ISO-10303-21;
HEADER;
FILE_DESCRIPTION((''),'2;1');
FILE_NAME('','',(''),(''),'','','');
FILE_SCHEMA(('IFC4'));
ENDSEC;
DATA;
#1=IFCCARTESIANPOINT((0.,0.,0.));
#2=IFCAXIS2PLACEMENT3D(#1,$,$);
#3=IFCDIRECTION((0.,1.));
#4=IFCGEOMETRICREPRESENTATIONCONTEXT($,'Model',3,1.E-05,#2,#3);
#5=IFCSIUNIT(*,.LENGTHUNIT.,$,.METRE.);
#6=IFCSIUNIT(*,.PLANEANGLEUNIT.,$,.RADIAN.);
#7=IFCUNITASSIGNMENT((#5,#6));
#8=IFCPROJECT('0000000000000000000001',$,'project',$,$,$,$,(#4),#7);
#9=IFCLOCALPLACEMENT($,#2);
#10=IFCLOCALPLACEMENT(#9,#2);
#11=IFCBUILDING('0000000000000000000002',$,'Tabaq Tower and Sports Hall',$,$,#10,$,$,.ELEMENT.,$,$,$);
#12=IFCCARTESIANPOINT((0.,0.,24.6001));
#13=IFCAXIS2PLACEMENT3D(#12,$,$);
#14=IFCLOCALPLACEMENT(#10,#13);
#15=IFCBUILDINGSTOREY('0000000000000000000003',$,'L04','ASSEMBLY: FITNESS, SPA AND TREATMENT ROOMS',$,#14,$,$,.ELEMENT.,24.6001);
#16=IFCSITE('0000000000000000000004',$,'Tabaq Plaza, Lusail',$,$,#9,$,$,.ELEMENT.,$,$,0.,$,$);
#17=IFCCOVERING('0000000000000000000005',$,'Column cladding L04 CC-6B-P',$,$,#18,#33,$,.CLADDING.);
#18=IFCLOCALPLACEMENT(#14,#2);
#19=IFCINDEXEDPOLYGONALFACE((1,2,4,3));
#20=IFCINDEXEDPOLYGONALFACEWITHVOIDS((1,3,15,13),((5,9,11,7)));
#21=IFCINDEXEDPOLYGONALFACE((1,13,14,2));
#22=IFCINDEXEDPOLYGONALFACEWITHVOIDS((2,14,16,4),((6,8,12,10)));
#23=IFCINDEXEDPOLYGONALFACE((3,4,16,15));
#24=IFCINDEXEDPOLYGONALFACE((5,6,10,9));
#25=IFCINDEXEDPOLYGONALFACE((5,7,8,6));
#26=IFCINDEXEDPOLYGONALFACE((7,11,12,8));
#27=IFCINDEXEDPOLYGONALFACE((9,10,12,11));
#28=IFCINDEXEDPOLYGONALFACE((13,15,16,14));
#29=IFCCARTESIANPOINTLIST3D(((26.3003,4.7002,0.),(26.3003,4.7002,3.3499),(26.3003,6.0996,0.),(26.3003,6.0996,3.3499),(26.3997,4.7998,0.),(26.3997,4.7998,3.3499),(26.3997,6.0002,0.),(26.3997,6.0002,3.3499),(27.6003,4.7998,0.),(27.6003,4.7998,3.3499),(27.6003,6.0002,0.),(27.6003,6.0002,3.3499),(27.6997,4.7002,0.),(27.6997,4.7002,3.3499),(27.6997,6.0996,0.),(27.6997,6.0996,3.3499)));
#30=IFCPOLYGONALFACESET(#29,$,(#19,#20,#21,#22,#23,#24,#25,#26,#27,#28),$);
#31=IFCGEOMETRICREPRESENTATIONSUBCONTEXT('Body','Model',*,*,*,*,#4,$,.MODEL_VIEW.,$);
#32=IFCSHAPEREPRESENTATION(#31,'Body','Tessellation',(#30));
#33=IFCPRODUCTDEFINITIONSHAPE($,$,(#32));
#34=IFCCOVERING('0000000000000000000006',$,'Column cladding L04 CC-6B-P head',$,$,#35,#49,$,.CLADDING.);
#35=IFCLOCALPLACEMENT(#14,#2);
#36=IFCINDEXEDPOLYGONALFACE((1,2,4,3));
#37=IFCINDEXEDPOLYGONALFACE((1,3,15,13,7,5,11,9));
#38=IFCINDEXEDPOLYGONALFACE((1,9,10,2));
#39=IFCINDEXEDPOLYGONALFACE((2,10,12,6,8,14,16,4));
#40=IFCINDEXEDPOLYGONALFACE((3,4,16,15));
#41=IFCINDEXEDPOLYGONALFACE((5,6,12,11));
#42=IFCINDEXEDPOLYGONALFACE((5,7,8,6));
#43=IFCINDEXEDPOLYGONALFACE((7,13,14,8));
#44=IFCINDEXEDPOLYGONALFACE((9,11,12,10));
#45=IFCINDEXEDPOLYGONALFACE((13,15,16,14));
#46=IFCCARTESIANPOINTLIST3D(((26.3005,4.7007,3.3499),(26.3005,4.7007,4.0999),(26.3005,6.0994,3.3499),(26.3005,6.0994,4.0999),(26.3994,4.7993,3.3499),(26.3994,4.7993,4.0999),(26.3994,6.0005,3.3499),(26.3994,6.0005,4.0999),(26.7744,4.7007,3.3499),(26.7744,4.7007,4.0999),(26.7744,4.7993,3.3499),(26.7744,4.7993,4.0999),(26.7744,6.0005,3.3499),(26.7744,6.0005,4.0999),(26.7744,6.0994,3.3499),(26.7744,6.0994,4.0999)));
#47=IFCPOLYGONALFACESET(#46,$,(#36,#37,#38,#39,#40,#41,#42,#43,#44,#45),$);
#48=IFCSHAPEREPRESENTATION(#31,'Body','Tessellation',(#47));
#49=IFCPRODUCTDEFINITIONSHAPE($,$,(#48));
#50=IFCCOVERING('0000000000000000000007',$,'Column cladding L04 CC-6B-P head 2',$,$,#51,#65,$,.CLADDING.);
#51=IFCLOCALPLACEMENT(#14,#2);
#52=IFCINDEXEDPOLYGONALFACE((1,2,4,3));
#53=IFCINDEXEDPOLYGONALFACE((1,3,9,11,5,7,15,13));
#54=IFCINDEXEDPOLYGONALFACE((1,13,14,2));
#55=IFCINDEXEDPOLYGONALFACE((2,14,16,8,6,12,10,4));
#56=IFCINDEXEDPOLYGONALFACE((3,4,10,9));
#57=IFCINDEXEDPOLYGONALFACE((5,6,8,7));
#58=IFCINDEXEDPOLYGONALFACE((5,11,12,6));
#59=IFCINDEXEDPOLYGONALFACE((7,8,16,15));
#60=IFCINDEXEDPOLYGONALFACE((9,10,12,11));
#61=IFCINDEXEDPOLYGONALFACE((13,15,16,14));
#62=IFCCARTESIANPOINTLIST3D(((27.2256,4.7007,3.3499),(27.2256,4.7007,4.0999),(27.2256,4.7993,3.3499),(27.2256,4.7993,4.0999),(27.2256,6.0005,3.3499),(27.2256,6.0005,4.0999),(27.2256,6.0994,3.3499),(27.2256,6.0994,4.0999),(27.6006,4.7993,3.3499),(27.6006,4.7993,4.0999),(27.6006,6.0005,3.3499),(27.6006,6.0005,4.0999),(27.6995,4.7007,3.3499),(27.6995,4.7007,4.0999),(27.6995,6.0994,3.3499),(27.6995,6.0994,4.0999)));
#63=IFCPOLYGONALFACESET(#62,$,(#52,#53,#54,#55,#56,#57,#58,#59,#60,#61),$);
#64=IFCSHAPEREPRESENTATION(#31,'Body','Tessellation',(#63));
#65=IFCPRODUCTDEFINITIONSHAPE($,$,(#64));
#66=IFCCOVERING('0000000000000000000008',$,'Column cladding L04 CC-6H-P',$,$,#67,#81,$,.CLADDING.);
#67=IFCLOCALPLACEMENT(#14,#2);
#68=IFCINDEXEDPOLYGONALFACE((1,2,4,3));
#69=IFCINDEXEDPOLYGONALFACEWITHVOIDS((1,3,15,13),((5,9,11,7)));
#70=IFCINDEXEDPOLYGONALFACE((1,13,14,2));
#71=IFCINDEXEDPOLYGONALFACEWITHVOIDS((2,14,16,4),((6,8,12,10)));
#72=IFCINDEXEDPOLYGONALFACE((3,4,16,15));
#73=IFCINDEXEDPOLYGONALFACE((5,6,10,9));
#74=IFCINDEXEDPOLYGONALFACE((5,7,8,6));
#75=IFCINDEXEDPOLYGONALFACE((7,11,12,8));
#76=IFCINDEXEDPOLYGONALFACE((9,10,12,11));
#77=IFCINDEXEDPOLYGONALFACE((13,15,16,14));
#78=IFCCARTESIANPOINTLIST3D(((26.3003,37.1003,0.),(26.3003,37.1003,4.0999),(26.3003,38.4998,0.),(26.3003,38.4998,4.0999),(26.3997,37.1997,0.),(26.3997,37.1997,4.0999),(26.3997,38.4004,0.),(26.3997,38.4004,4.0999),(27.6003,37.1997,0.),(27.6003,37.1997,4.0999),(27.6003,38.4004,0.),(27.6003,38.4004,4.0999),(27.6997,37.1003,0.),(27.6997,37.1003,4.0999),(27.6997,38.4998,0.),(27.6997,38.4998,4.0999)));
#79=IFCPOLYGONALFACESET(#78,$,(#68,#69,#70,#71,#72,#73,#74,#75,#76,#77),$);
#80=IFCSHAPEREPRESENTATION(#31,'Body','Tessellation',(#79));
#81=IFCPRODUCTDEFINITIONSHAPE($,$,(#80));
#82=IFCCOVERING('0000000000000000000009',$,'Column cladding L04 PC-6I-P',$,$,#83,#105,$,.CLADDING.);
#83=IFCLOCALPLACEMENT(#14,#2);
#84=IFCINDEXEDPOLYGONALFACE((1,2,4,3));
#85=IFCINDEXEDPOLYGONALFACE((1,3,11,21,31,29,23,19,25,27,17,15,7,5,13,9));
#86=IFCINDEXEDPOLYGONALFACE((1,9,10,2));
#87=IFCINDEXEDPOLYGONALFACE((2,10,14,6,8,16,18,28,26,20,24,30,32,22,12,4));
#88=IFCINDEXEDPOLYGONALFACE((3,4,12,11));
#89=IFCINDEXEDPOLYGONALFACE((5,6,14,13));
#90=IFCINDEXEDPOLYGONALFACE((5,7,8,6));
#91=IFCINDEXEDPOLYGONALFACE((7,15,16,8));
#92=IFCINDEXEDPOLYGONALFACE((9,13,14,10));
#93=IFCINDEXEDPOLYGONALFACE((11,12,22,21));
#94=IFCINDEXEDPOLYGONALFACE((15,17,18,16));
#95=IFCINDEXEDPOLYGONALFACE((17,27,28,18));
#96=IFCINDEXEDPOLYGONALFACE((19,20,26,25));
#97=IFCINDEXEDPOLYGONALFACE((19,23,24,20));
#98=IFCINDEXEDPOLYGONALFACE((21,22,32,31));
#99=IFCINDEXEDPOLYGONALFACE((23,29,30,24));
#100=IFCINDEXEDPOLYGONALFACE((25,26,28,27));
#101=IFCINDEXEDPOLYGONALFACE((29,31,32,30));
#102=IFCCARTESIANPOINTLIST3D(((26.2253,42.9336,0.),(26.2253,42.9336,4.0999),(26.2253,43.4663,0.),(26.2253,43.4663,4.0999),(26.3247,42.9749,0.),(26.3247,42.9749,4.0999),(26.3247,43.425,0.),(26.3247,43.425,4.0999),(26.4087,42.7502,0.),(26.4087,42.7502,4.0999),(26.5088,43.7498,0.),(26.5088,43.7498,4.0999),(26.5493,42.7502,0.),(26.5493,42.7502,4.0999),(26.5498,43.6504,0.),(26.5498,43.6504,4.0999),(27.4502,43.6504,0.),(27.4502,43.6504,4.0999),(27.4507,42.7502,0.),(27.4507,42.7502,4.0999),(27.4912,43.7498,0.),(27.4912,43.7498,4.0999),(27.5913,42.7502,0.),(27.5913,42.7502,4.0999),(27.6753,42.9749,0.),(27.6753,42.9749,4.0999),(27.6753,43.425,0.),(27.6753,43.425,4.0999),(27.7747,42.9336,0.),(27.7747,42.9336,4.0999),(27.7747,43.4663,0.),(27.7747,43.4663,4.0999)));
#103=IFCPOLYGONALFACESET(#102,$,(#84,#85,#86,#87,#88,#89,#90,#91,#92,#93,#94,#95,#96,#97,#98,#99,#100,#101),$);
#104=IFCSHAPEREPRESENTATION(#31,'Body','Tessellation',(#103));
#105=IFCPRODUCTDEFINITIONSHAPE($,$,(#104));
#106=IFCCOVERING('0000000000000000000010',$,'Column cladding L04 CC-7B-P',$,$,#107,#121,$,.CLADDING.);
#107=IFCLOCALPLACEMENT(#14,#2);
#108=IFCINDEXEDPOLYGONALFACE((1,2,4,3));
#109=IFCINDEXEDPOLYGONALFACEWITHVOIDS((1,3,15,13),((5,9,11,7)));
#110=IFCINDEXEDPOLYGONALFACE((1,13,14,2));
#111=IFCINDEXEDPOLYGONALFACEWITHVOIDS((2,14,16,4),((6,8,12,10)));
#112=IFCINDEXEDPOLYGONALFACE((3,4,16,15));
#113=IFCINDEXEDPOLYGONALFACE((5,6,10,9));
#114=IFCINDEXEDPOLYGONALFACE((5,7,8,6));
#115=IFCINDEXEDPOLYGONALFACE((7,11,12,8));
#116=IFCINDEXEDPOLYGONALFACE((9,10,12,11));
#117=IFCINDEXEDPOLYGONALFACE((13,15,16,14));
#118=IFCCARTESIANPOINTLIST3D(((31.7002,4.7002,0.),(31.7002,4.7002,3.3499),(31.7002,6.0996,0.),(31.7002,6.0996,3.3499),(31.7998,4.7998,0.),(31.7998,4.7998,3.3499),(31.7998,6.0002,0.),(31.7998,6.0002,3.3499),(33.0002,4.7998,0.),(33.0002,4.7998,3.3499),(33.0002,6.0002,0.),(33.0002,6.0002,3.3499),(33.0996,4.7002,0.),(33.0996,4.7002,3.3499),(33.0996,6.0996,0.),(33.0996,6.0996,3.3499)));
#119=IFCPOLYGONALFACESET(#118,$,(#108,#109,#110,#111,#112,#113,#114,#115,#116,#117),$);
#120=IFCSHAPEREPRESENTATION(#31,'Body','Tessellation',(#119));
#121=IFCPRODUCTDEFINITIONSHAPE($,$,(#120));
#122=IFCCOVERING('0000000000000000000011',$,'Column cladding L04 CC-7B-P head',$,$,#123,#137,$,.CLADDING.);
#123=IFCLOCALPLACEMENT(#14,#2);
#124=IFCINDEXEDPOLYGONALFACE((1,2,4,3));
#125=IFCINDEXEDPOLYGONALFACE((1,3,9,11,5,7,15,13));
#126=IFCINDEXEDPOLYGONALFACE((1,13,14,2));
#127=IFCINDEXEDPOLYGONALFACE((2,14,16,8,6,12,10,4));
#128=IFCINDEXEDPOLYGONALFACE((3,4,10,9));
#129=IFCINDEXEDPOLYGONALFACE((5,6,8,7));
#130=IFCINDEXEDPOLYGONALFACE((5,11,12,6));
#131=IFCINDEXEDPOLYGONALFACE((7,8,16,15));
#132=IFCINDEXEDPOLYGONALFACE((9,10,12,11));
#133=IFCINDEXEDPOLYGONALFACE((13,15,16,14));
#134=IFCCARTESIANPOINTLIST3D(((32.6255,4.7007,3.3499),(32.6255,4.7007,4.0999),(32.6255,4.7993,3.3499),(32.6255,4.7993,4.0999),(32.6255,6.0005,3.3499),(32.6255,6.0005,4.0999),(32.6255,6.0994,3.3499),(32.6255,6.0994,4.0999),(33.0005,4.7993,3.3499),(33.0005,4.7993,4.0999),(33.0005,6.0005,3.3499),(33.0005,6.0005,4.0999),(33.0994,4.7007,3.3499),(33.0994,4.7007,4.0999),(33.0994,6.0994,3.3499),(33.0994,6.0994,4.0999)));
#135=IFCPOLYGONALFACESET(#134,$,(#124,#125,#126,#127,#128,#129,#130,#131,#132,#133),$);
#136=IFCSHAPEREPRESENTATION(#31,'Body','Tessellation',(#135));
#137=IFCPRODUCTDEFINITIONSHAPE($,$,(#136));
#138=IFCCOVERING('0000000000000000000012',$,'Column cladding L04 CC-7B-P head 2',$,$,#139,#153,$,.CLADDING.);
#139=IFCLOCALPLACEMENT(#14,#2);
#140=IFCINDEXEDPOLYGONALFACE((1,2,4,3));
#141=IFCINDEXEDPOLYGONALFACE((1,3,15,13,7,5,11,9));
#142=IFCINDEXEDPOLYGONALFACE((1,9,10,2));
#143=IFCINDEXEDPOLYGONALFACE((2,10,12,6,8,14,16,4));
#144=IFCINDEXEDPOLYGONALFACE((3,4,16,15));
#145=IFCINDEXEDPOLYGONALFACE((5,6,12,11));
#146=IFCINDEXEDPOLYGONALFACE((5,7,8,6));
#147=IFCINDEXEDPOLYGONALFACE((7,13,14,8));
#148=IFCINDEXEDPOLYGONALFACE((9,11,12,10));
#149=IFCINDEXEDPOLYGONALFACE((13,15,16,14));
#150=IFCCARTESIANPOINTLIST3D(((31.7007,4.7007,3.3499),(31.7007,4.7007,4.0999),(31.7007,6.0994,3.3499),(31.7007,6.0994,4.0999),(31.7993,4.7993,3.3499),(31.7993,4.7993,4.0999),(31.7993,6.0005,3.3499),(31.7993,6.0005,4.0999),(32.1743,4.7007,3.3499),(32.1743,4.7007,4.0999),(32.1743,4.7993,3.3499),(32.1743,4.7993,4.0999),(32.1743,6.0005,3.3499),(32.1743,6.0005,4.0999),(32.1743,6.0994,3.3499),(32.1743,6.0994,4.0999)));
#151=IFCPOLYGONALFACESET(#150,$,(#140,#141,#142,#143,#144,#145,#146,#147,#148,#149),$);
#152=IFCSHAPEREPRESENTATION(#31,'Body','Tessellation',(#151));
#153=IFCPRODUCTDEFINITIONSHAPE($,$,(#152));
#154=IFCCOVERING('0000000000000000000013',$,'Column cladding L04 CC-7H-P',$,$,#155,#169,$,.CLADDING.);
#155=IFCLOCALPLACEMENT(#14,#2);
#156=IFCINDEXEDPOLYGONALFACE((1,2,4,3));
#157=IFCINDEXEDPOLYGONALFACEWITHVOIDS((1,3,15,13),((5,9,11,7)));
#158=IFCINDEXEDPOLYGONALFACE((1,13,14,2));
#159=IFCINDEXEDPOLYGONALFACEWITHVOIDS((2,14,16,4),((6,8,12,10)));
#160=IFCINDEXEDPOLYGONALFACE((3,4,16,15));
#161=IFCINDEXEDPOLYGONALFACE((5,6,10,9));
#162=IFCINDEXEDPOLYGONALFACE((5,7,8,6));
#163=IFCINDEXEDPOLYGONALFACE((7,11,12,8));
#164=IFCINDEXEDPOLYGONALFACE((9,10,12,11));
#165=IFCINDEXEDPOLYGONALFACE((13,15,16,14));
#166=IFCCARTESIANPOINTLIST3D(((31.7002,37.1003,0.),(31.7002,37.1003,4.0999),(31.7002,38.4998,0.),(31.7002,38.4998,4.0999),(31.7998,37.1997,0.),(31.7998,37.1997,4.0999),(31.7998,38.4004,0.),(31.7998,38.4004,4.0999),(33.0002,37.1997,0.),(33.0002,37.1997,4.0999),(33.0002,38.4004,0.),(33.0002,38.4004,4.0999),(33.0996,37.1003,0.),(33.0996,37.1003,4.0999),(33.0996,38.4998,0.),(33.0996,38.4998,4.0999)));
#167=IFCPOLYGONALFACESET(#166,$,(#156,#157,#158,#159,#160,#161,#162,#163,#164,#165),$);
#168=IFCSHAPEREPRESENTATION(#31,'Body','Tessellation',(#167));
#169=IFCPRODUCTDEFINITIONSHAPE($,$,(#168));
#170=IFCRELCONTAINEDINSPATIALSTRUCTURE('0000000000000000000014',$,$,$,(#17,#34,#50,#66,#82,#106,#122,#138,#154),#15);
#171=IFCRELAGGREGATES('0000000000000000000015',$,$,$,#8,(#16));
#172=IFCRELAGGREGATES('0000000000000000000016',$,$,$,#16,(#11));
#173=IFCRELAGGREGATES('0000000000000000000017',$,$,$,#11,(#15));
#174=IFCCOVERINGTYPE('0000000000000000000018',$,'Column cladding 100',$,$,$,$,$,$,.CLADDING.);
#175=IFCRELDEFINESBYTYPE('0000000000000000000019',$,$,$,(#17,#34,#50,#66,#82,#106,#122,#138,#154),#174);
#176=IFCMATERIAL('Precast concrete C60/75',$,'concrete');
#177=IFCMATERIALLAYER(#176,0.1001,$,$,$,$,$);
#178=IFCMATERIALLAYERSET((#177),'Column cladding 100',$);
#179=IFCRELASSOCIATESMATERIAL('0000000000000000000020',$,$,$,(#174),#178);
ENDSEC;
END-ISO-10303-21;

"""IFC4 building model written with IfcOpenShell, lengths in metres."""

from ifc_helpers import new_model, si_unit, direction, frame, origin, place, context, subcontext, project, spatial, polyline, outline, extrude, material, layer, layer_set, type_object, element, save


model = new_model("IFC4")

# Units and contexts
model_context = context("Model", 3, precision=1e-05, world=origin(), true_north=direction((0.0, 1.0)))
body_context = subcontext(model_context, "Body", "Model", "MODEL_VIEW")
ifc_project = project(units=[si_unit("LENGTHUNIT", "METRE"), si_unit("PLANEANGLEUNIT", "RADIAN")], contexts=[model_context])

# Site, building, storey
site_placement = place(None, origin())
site = spatial("IfcSite", under=ifc_project, at=site_placement, Name="Tabaq Plaza, Lusail", CompositionType="ELEMENT", RefElevation=0.0)
building_placement = place(site_placement, origin())
building = spatial("IfcBuilding", under=site, at=building_placement, Name="Tabaq Tower and Sports Hall", CompositionType="ELEMENT")
storey_placement = place(building_placement, frame((0.0, 0.0, 24.6001)))
storey = spatial("IfcBuildingStorey", under=building, at=storey_placement, Name="L04", Description="ASSEMBLY: FITNESS, SPA AND TREATMENT ROOMS", CompositionType="ELEMENT", Elevation=24.6001)

# Coverings
ifc_material_1 = material(Name="Precast concrete C60/75", Category="concrete")
ifc_layer = layer(ifc_material_1, 0.1001)
ifc_layer_set = layer_set([ifc_layer], Name="Column cladding 100")
covering_type_1 = type_object("IfcCoveringType", Name="Column cladding 100", PredefinedType="CLADDING", material=ifc_layer_set)
covering_1_placement = place(storey_placement, origin())
element("IfcCovering", 1, at=covering_1_placement, inside=storey, type_object=covering_type_1, Name="Column cladding L04 CC-6B-P", PredefinedType="CLADDING", context=body_context, shape_type="SweptSolid", body=[
    extrude(outline(polyline([(26.3003, 6.0996), (27.6997, 6.0996), (27.6997, 4.7002), (26.3003, 4.7002), (26.3003, 6.0996)]), holes=[polyline([(27.6003, 4.7998), (27.6003, 6.0002), (26.3997, 6.0002), (26.3997, 4.7998), (27.6003, 4.7998)])]), origin(), (0.0, 0.0, 1.0), 3.3499),
])
covering_2_placement = place(storey_placement, frame((0.0, 0.0, 3.3499)))
element("IfcCovering", 2, at=covering_2_placement, inside=storey, type_object=covering_type_1, Name="Column cladding L04 CC-6B-P head", PredefinedType="CLADDING", context=body_context, shape_type="SweptSolid", body=[
    extrude(outline(polyline([(26.7744, 4.7993), (26.7744, 4.7007), (26.3005, 4.7007), (26.3005, 6.0994), (26.7744, 6.0994), (26.7744, 6.0005), (26.3994, 6.0005), (26.3994, 4.7993), (26.7744, 4.7993)])), origin(), (0.0, 0.0, 1.0), 0.75),
])
covering_3_placement = place(storey_placement, frame((0.0, 0.0, 3.3499)))
element("IfcCovering", 3, at=covering_3_placement, inside=storey, type_object=covering_type_1, Name="Column cladding L04 CC-6B-P head 2", PredefinedType="CLADDING", context=body_context, shape_type="SweptSolid", body=[
    extrude(outline(polyline([(27.2256, 4.7993), (27.6006, 4.7993), (27.6006, 6.0005), (27.2256, 6.0005), (27.2256, 6.0994), (27.6995, 6.0994), (27.6995, 4.7007), (27.2256, 4.7007), (27.2256, 4.7993)])), origin(), (0.0, 0.0, 1.0), 0.75),
])
covering_4_placement = place(storey_placement, origin())
element("IfcCovering", 4, at=covering_4_placement, inside=storey, type_object=covering_type_1, Name="Column cladding L04 CC-6H-P", PredefinedType="CLADDING", context=body_context, shape_type="SweptSolid", body=[
    extrude(outline(polyline([(26.3003, 38.4998), (27.6997, 38.4998), (27.6997, 37.1003), (26.3003, 37.1003), (26.3003, 38.4998)]), holes=[polyline([(27.6003, 37.1997), (27.6003, 38.4004), (26.3997, 38.4004), (26.3997, 37.1997), (27.6003, 37.1997)])]), origin(), (0.0, 0.0, 1.0), 4.0999),
])
covering_5_placement = place(storey_placement, origin())
element("IfcCovering", 5, at=covering_5_placement, inside=storey, type_object=covering_type_1, Name="Column cladding L04 PC-6I-P", PredefinedType="CLADDING", context=body_context, shape_type="SweptSolid", body=[
    extrude(outline(polyline([(26.2253, 43.4663), (26.5088, 43.7498), (27.4912, 43.7498), (27.7747, 43.4663), (27.7747, 42.9336), (27.5913, 42.7502), (27.4507, 42.7502), (27.6753, 42.9749), (27.6753, 43.425), (27.4502, 43.6504), (26.5498, 43.6504), (26.3247, 43.425), (26.3247, 42.9749), (26.5493, 42.7502), (26.4087, 42.7502), (26.2253, 42.9336), (26.2253, 43.4663)])), origin(), (0.0, 0.0, 1.0), 4.0999),
])
covering_6_placement = place(storey_placement, origin())
element("IfcCovering", 6, at=covering_6_placement, inside=storey, type_object=covering_type_1, Name="Column cladding L04 CC-7B-P", PredefinedType="CLADDING", context=body_context, shape_type="SweptSolid", body=[
    extrude(outline(polyline([(31.7002, 6.0996), (33.0996, 6.0996), (33.0996, 4.7002), (31.7002, 4.7002), (31.7002, 6.0996)]), holes=[polyline([(33.0002, 4.7998), (33.0002, 6.0002), (31.7998, 6.0002), (31.7998, 4.7998), (33.0002, 4.7998)])]), origin(), (0.0, 0.0, 1.0), 3.3499),
])
covering_7_placement = place(storey_placement, frame((0.0, 0.0, 3.3499)))
element("IfcCovering", 7, at=covering_7_placement, inside=storey, type_object=covering_type_1, Name="Column cladding L04 CC-7B-P head", PredefinedType="CLADDING", context=body_context, shape_type="SweptSolid", body=[
    extrude(outline(polyline([(32.6255, 4.7993), (33.0005, 4.7993), (33.0005, 6.0005), (32.6255, 6.0005), (32.6255, 6.0994), (33.0994, 6.0994), (33.0994, 4.7007), (32.6255, 4.7007), (32.6255, 4.7993)])), origin(), (0.0, 0.0, 1.0), 0.75),
])
covering_8_placement = place(storey_placement, frame((0.0, 0.0, 3.3499)))
element("IfcCovering", 8, at=covering_8_placement, inside=storey, type_object=covering_type_1, Name="Column cladding L04 CC-7B-P head 2", PredefinedType="CLADDING", context=body_context, shape_type="SweptSolid", body=[
    extrude(outline(polyline([(32.1743, 4.7993), (32.1743, 4.7007), (31.7007, 4.7007), (31.7007, 6.0994), (32.1743, 6.0994), (32.1743, 6.0005), (31.7993, 6.0005), (31.7993, 4.7993), (32.1743, 4.7993)])), origin(), (0.0, 0.0, 1.0), 0.75),
])
covering_9_placement = place(storey_placement, origin())
element("IfcCovering", 9, at=covering_9_placement, inside=storey, type_object=covering_type_1, Name="Column cladding L04 CC-7H-P", PredefinedType="CLADDING", context=body_context, shape_type="SweptSolid", body=[
    extrude(outline(polyline([(31.7002, 38.4998), (33.0996, 38.4998), (33.0996, 37.1003), (31.7002, 37.1003), (31.7002, 38.4998)]), holes=[polyline([(33.0002, 37.1997), (33.0002, 38.4004), (31.7998, 38.4004), (31.7998, 37.1997), (33.0002, 37.1997)])]), origin(), (0.0, 0.0, 1.0), 4.0999),
])

save(model, "model.ifc")
